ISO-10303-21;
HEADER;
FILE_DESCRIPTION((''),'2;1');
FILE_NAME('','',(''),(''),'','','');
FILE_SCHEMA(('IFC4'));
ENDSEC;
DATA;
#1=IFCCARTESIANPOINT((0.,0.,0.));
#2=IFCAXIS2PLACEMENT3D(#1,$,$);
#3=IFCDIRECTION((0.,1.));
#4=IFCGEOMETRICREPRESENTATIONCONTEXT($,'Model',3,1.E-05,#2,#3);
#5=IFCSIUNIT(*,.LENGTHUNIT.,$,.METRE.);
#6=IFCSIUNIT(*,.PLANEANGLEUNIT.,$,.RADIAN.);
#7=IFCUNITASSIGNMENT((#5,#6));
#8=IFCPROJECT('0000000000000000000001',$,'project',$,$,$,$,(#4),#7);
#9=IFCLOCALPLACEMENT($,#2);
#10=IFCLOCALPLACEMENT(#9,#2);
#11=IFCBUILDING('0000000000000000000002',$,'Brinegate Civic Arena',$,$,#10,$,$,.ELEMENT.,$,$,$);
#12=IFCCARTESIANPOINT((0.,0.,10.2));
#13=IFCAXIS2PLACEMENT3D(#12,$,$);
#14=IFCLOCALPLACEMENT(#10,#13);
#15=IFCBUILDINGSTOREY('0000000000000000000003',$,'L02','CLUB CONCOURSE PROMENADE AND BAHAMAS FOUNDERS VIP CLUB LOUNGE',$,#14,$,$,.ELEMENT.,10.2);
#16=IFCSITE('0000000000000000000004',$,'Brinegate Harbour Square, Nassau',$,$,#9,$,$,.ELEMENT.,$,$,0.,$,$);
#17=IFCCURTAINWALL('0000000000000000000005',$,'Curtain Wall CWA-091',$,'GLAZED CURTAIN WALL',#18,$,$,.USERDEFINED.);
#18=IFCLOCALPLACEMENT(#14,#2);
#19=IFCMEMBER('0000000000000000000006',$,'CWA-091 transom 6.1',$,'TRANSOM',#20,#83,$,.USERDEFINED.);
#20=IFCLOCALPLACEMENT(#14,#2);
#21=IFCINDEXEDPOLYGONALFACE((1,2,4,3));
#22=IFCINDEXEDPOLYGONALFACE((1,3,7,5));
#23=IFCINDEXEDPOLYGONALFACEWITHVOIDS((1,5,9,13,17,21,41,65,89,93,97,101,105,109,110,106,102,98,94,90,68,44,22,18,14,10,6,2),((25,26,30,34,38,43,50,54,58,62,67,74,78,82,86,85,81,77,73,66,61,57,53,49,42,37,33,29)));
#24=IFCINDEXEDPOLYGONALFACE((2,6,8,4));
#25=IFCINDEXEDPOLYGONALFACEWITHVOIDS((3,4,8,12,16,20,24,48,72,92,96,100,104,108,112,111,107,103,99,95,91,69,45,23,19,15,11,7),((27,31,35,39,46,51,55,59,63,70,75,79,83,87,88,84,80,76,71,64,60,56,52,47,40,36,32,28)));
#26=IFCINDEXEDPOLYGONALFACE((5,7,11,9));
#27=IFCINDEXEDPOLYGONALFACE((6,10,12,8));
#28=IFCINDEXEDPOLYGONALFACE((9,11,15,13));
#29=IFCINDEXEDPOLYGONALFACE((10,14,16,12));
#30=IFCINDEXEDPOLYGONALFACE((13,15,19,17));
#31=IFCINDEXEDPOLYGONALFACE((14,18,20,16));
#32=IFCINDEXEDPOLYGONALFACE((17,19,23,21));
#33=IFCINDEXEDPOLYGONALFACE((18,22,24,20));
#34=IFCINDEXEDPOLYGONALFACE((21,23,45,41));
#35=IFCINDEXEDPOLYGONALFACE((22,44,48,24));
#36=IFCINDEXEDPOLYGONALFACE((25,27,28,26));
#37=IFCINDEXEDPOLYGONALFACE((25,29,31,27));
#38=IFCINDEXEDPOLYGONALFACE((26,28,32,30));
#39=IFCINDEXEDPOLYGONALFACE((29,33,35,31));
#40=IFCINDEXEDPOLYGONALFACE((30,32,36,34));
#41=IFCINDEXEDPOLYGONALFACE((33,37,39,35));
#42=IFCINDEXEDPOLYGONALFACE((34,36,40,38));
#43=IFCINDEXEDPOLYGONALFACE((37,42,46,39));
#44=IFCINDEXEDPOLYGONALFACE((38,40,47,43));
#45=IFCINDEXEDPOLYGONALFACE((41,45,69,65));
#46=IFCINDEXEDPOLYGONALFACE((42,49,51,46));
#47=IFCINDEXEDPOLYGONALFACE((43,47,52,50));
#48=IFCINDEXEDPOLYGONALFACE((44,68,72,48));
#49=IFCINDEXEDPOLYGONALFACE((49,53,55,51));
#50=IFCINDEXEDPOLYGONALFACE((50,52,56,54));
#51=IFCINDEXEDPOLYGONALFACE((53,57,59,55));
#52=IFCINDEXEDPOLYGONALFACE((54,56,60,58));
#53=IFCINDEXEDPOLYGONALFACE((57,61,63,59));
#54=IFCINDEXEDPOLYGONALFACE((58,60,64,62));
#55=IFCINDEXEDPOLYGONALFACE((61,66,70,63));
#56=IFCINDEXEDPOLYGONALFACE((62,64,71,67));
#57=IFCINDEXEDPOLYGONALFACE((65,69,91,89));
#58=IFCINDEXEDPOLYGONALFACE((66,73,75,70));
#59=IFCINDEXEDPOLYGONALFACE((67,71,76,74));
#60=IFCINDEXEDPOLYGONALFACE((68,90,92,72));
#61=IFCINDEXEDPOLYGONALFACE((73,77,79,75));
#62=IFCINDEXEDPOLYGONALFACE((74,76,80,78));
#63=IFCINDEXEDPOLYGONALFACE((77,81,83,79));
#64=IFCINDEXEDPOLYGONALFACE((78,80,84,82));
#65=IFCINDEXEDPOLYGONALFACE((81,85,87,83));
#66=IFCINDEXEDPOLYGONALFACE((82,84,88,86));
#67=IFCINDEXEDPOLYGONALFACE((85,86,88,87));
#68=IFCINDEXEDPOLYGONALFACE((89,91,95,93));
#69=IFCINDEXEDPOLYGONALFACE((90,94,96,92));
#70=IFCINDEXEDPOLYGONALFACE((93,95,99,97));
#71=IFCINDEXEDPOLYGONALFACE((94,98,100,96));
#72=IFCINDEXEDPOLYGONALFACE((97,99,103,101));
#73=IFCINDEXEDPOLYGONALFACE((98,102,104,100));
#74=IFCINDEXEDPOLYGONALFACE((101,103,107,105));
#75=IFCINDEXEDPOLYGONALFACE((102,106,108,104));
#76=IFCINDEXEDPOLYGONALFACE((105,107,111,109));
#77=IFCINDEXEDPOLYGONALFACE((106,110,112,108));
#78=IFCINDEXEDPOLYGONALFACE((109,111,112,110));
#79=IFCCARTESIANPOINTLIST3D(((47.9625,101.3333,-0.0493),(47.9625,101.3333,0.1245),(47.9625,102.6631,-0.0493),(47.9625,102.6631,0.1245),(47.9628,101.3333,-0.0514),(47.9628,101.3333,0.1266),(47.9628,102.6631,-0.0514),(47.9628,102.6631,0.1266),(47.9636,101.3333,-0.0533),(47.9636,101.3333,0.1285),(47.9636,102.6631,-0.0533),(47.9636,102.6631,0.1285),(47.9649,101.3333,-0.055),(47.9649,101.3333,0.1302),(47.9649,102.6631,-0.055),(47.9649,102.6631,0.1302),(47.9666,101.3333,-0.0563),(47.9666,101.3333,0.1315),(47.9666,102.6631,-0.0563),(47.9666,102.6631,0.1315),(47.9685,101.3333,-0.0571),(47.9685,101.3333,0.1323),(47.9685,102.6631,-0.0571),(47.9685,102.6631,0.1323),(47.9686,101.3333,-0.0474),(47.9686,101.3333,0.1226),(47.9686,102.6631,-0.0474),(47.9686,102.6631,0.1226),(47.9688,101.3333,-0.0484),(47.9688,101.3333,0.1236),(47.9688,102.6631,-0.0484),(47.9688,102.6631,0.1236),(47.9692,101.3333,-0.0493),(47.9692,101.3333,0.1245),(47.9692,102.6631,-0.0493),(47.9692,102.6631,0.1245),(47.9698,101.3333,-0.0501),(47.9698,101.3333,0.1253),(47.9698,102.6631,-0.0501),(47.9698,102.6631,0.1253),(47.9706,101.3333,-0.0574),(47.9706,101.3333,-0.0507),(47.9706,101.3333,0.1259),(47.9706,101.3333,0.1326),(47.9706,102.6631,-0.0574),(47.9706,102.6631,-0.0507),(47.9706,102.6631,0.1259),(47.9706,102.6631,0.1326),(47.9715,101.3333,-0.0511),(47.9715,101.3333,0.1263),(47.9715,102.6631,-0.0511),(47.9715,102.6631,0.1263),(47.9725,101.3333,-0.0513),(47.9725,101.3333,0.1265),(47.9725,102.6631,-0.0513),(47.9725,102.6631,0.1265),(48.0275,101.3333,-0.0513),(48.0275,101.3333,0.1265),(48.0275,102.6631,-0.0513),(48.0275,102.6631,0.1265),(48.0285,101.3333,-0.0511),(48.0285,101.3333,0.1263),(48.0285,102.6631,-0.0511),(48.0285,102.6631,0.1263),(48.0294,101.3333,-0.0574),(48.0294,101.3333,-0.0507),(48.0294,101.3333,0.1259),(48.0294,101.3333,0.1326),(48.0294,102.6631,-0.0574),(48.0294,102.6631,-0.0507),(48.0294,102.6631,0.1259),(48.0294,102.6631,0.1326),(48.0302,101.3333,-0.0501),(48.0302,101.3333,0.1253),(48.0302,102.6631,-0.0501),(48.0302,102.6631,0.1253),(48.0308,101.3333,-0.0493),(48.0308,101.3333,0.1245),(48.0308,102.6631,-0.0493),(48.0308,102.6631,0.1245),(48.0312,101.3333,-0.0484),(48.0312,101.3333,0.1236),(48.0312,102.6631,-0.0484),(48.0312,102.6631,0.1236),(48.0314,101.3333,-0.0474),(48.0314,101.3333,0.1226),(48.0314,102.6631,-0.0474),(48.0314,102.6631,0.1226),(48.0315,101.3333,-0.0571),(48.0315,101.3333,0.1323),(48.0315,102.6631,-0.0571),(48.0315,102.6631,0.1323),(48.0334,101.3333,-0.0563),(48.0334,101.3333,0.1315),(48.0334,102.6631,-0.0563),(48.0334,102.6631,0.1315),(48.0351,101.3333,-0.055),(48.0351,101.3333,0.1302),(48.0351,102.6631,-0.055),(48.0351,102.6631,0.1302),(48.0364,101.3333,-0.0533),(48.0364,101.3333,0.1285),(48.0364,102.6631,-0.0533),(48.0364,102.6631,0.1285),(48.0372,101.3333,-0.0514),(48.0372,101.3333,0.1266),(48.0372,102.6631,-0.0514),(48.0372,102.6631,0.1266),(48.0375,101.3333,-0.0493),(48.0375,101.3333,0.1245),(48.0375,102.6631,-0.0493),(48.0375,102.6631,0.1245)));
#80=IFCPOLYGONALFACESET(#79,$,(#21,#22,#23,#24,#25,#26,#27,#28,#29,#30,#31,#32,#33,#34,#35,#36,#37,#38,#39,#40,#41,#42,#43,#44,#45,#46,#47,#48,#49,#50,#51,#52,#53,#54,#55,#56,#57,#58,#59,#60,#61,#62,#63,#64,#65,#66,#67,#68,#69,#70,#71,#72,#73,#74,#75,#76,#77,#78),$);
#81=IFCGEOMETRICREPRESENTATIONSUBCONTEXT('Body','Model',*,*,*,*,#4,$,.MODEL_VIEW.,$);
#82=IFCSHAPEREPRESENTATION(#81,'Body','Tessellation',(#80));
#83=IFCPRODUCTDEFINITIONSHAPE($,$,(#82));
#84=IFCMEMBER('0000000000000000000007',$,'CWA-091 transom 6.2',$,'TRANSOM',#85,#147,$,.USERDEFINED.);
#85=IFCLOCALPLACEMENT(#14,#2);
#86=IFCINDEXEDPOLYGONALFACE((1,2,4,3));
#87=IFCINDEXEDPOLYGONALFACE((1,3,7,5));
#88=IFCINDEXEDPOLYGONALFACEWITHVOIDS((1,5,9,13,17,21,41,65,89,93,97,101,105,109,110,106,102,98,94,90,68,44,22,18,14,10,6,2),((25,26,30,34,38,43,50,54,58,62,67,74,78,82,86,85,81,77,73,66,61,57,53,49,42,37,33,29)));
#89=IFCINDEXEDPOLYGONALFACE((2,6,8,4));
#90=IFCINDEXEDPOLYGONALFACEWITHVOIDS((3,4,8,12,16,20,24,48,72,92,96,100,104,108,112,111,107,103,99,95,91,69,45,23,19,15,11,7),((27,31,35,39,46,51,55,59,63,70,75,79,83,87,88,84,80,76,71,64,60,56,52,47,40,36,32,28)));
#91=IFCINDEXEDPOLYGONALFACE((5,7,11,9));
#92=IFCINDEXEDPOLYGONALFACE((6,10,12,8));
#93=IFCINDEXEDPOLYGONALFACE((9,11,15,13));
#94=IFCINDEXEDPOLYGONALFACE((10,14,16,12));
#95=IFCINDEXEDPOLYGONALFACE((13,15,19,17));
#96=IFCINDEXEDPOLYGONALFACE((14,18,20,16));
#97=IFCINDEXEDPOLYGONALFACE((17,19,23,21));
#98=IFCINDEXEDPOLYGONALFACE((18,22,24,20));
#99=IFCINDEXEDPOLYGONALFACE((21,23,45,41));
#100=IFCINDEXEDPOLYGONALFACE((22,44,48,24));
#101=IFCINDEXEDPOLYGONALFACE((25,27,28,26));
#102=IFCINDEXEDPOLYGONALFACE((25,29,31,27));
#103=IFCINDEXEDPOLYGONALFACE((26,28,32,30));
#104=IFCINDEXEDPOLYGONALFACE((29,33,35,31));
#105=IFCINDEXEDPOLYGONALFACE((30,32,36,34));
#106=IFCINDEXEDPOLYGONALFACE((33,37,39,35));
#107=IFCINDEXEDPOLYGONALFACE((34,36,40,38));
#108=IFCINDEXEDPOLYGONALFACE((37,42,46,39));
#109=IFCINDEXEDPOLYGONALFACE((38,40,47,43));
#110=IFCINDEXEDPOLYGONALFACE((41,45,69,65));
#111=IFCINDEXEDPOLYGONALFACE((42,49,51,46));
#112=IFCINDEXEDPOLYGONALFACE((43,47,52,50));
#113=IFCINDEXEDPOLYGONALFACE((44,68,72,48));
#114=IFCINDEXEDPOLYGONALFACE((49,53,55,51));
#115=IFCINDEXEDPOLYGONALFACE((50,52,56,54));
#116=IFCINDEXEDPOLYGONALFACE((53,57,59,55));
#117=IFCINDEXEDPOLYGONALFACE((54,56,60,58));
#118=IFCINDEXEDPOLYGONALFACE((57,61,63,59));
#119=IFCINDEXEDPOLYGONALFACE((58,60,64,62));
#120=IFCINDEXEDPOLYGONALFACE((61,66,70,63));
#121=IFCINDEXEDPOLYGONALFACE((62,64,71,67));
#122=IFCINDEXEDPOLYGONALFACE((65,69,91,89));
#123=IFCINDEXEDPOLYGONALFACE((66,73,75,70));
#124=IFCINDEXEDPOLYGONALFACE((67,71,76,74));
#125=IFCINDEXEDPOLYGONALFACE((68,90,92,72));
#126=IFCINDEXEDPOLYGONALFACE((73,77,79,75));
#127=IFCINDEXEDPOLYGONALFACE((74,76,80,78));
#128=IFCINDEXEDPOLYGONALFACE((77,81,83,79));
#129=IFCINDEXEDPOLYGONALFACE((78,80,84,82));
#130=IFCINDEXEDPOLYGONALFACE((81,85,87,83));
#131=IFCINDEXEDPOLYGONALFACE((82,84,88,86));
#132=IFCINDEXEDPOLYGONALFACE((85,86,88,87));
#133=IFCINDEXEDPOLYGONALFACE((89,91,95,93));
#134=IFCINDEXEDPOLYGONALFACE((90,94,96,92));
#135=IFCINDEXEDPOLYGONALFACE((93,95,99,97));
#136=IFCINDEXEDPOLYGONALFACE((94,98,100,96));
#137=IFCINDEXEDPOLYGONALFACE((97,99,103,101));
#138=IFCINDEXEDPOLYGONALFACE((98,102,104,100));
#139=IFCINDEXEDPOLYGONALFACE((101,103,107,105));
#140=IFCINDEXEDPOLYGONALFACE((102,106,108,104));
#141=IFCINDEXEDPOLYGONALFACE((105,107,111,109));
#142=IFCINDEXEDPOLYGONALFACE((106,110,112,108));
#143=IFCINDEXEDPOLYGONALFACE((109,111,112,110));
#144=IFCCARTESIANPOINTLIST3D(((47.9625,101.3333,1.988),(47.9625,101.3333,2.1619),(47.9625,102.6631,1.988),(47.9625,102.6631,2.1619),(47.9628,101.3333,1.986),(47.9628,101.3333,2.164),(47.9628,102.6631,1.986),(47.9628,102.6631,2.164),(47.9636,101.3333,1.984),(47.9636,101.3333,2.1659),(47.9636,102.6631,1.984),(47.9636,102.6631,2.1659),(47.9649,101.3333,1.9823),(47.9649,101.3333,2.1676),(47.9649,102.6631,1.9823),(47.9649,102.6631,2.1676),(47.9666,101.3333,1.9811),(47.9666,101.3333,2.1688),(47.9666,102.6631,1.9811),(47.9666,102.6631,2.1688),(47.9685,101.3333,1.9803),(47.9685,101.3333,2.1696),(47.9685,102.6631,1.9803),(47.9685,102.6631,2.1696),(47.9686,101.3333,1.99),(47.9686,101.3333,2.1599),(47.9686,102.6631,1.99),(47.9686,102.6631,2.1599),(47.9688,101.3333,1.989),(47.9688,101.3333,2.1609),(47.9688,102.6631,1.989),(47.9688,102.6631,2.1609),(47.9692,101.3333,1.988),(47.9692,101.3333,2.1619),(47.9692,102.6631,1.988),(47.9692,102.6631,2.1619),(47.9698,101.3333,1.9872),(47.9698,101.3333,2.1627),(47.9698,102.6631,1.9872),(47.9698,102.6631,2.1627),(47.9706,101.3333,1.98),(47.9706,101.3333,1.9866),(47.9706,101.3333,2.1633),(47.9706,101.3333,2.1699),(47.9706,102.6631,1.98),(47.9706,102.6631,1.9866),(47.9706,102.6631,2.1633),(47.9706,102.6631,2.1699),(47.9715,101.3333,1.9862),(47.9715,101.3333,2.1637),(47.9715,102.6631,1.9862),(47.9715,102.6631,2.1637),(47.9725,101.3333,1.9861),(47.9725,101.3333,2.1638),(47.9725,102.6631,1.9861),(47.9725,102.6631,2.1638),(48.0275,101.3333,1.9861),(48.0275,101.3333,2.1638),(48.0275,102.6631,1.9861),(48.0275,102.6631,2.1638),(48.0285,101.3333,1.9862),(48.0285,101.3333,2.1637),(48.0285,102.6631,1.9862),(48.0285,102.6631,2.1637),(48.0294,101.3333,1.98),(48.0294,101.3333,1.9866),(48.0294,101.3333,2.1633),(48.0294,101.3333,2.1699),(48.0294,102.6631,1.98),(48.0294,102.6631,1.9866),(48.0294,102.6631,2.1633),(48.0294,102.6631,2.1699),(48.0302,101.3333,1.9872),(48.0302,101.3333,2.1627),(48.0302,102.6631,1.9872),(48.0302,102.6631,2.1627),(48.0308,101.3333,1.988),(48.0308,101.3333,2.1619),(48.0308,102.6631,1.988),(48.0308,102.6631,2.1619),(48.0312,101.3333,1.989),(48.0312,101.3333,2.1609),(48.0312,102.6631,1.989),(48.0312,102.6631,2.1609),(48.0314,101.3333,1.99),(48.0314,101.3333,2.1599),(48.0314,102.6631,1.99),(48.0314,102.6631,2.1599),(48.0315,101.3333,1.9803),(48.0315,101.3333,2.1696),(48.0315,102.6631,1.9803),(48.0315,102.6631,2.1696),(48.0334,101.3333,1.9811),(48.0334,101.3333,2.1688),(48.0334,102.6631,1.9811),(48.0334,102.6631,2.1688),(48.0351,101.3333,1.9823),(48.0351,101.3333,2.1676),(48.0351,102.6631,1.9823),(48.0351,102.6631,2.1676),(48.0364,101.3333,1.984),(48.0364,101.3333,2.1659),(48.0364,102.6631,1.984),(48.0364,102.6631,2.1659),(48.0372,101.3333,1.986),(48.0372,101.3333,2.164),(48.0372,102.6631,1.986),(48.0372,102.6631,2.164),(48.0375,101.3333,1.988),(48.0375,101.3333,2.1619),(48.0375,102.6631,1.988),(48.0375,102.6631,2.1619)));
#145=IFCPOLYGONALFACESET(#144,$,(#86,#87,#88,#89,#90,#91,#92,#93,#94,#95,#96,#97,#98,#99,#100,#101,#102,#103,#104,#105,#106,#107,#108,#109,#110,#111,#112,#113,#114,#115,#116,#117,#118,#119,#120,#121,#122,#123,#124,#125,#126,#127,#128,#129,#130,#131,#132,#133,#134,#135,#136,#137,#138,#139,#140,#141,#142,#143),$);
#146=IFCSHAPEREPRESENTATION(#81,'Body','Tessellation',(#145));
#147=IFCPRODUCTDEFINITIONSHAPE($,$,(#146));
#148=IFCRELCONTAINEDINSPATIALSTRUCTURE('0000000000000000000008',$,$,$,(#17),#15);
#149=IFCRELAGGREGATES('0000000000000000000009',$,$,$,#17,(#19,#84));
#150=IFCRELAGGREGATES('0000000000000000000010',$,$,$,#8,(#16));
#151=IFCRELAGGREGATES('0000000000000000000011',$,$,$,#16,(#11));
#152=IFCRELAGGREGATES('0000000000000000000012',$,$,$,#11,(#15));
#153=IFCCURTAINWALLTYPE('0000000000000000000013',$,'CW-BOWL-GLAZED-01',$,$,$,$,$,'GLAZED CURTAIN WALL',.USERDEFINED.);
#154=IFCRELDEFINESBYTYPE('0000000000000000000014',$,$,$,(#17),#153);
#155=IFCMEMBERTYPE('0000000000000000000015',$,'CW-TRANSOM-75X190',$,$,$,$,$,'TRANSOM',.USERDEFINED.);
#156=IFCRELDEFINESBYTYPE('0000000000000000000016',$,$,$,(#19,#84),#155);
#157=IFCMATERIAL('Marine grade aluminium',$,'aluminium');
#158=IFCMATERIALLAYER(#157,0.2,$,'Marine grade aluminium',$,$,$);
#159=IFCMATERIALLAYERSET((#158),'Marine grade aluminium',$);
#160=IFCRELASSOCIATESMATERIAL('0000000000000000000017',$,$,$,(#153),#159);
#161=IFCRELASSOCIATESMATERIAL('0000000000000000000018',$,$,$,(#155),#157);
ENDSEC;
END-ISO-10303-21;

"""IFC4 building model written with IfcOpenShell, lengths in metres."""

from ifc_helpers import new_model, si_unit, direction, frame, origin, origin_2d, place, context, subcontext, project, spatial, hollow_rectangle, extrude, material, layer, layer_set, material_profile, profile_set, type_object, element, aggregate, save


model = new_model("IFC4")

# Units and contexts
model_context = context("Model", 3, precision=1e-05, world=origin(), true_north=direction((0.0, 1.0)))
body_context = subcontext(model_context, "Body", "Model", "MODEL_VIEW")
ifc_project = project(units=[si_unit("LENGTHUNIT", "METRE"), si_unit("PLANEANGLEUNIT", "RADIAN")], contexts=[model_context])

# Site, building, storey
site_placement = place(None, origin())
site = spatial("IfcSite", under=ifc_project, at=site_placement, Name="Brinegate Harbour Square, Nassau", CompositionType="ELEMENT", RefElevation=0.0)
building_placement = place(site_placement, origin())
building = spatial("IfcBuilding", under=site, at=building_placement, Name="Brinegate Civic Arena", CompositionType="ELEMENT")
storey_placement = place(building_placement, frame((0.0, 0.0, 10.2)))
storey = spatial("IfcBuildingStorey", under=building, at=storey_placement, Name="L02", Description="CLUB CONCOURSE PROMENADE AND BAHAMAS FOUNDERS VIP CLUB LOUNGE", CompositionType="ELEMENT", Elevation=10.2)

# Shared definitions
ifc_material_1 = material(Name="Marine grade aluminium", Category="aluminium")
ifc_layer_1 = layer(ifc_material_1, 0.2, Name="Marine grade aluminium")
ifc_layer_set_1 = layer_set([ifc_layer_1], Name="Marine grade aluminium")
curtain_wall_type = type_object("IfcCurtainWallType", Name="CW-BOWL-GLAZED-01", ElementType="GLAZED CURTAIN WALL", PredefinedType="USERDEFINED", material=ifc_layer_set_1)

# Curtain wall, members
curtain_wall_1_placement = place(storey_placement, origin())
curtain_wall_1 = element("IfcCurtainWall", 1, at=curtain_wall_1_placement, inside=storey, type_object=curtain_wall_type, Name="Curtain Wall CWA-091", ObjectType="GLAZED CURTAIN WALL", PredefinedType="USERDEFINED")
ifc_material_profile_1 = material_profile(ifc_material_1, hollow_rectangle(XDim=0.075, YDim=0.1899, WallThickness=0.0061, InnerFilletRadius=0.0039, OuterFilletRadius=0.0081, at=origin_2d()), Name="TRN75X190")
ifc_profile_set_1 = profile_set([ifc_material_profile_1], Name="Marine grade aluminium")
member_type_1 = type_object("IfcMemberType", Name="CW-TRANSOM-75X190", ElementType="TRANSOM", PredefinedType="USERDEFINED", material=ifc_profile_set_1)
member_1_placement = place(storey_placement, frame((48.0, 101.3333, 0.0376), z_axis=(0.0, 1.0, 0.0), x_axis=(-1.0, 0.0, 0.0)))
member_1 = element("IfcMember", 2, at=member_1_placement, type_object=member_type_1, Name="CWA-091 transom 6.1", ObjectType="TRANSOM", PredefinedType="USERDEFINED", context=body_context, shape_type="SweptSolid", body=[
    extrude(hollow_rectangle(XDim=0.075, YDim=0.1899, WallThickness=0.0061, InnerFilletRadius=0.0039, OuterFilletRadius=0.0081, at=origin_2d()), origin(), (0.0, 0.0, 1.0), 1.3298),
])
member_2_placement = place(storey_placement, frame((48.0, 101.3333, 2.075), z_axis=(0.0, 1.0, 0.0), x_axis=(-1.0, 0.0, 0.0)))
member_2 = element("IfcMember", 3, at=member_2_placement, type_object=member_type_1, Name="CWA-091 transom 6.2", ObjectType="TRANSOM", PredefinedType="USERDEFINED", context=body_context, shape_type="SweptSolid", body=[
    extrude(hollow_rectangle(XDim=0.075, YDim=0.1899, WallThickness=0.0061, InnerFilletRadius=0.0039, OuterFilletRadius=0.0081, at=origin_2d()), origin(), (0.0, 0.0, 1.0), 1.3298),
])

aggregate(curtain_wall_1, [member_1, member_2])

save(model, "model.ifc")
